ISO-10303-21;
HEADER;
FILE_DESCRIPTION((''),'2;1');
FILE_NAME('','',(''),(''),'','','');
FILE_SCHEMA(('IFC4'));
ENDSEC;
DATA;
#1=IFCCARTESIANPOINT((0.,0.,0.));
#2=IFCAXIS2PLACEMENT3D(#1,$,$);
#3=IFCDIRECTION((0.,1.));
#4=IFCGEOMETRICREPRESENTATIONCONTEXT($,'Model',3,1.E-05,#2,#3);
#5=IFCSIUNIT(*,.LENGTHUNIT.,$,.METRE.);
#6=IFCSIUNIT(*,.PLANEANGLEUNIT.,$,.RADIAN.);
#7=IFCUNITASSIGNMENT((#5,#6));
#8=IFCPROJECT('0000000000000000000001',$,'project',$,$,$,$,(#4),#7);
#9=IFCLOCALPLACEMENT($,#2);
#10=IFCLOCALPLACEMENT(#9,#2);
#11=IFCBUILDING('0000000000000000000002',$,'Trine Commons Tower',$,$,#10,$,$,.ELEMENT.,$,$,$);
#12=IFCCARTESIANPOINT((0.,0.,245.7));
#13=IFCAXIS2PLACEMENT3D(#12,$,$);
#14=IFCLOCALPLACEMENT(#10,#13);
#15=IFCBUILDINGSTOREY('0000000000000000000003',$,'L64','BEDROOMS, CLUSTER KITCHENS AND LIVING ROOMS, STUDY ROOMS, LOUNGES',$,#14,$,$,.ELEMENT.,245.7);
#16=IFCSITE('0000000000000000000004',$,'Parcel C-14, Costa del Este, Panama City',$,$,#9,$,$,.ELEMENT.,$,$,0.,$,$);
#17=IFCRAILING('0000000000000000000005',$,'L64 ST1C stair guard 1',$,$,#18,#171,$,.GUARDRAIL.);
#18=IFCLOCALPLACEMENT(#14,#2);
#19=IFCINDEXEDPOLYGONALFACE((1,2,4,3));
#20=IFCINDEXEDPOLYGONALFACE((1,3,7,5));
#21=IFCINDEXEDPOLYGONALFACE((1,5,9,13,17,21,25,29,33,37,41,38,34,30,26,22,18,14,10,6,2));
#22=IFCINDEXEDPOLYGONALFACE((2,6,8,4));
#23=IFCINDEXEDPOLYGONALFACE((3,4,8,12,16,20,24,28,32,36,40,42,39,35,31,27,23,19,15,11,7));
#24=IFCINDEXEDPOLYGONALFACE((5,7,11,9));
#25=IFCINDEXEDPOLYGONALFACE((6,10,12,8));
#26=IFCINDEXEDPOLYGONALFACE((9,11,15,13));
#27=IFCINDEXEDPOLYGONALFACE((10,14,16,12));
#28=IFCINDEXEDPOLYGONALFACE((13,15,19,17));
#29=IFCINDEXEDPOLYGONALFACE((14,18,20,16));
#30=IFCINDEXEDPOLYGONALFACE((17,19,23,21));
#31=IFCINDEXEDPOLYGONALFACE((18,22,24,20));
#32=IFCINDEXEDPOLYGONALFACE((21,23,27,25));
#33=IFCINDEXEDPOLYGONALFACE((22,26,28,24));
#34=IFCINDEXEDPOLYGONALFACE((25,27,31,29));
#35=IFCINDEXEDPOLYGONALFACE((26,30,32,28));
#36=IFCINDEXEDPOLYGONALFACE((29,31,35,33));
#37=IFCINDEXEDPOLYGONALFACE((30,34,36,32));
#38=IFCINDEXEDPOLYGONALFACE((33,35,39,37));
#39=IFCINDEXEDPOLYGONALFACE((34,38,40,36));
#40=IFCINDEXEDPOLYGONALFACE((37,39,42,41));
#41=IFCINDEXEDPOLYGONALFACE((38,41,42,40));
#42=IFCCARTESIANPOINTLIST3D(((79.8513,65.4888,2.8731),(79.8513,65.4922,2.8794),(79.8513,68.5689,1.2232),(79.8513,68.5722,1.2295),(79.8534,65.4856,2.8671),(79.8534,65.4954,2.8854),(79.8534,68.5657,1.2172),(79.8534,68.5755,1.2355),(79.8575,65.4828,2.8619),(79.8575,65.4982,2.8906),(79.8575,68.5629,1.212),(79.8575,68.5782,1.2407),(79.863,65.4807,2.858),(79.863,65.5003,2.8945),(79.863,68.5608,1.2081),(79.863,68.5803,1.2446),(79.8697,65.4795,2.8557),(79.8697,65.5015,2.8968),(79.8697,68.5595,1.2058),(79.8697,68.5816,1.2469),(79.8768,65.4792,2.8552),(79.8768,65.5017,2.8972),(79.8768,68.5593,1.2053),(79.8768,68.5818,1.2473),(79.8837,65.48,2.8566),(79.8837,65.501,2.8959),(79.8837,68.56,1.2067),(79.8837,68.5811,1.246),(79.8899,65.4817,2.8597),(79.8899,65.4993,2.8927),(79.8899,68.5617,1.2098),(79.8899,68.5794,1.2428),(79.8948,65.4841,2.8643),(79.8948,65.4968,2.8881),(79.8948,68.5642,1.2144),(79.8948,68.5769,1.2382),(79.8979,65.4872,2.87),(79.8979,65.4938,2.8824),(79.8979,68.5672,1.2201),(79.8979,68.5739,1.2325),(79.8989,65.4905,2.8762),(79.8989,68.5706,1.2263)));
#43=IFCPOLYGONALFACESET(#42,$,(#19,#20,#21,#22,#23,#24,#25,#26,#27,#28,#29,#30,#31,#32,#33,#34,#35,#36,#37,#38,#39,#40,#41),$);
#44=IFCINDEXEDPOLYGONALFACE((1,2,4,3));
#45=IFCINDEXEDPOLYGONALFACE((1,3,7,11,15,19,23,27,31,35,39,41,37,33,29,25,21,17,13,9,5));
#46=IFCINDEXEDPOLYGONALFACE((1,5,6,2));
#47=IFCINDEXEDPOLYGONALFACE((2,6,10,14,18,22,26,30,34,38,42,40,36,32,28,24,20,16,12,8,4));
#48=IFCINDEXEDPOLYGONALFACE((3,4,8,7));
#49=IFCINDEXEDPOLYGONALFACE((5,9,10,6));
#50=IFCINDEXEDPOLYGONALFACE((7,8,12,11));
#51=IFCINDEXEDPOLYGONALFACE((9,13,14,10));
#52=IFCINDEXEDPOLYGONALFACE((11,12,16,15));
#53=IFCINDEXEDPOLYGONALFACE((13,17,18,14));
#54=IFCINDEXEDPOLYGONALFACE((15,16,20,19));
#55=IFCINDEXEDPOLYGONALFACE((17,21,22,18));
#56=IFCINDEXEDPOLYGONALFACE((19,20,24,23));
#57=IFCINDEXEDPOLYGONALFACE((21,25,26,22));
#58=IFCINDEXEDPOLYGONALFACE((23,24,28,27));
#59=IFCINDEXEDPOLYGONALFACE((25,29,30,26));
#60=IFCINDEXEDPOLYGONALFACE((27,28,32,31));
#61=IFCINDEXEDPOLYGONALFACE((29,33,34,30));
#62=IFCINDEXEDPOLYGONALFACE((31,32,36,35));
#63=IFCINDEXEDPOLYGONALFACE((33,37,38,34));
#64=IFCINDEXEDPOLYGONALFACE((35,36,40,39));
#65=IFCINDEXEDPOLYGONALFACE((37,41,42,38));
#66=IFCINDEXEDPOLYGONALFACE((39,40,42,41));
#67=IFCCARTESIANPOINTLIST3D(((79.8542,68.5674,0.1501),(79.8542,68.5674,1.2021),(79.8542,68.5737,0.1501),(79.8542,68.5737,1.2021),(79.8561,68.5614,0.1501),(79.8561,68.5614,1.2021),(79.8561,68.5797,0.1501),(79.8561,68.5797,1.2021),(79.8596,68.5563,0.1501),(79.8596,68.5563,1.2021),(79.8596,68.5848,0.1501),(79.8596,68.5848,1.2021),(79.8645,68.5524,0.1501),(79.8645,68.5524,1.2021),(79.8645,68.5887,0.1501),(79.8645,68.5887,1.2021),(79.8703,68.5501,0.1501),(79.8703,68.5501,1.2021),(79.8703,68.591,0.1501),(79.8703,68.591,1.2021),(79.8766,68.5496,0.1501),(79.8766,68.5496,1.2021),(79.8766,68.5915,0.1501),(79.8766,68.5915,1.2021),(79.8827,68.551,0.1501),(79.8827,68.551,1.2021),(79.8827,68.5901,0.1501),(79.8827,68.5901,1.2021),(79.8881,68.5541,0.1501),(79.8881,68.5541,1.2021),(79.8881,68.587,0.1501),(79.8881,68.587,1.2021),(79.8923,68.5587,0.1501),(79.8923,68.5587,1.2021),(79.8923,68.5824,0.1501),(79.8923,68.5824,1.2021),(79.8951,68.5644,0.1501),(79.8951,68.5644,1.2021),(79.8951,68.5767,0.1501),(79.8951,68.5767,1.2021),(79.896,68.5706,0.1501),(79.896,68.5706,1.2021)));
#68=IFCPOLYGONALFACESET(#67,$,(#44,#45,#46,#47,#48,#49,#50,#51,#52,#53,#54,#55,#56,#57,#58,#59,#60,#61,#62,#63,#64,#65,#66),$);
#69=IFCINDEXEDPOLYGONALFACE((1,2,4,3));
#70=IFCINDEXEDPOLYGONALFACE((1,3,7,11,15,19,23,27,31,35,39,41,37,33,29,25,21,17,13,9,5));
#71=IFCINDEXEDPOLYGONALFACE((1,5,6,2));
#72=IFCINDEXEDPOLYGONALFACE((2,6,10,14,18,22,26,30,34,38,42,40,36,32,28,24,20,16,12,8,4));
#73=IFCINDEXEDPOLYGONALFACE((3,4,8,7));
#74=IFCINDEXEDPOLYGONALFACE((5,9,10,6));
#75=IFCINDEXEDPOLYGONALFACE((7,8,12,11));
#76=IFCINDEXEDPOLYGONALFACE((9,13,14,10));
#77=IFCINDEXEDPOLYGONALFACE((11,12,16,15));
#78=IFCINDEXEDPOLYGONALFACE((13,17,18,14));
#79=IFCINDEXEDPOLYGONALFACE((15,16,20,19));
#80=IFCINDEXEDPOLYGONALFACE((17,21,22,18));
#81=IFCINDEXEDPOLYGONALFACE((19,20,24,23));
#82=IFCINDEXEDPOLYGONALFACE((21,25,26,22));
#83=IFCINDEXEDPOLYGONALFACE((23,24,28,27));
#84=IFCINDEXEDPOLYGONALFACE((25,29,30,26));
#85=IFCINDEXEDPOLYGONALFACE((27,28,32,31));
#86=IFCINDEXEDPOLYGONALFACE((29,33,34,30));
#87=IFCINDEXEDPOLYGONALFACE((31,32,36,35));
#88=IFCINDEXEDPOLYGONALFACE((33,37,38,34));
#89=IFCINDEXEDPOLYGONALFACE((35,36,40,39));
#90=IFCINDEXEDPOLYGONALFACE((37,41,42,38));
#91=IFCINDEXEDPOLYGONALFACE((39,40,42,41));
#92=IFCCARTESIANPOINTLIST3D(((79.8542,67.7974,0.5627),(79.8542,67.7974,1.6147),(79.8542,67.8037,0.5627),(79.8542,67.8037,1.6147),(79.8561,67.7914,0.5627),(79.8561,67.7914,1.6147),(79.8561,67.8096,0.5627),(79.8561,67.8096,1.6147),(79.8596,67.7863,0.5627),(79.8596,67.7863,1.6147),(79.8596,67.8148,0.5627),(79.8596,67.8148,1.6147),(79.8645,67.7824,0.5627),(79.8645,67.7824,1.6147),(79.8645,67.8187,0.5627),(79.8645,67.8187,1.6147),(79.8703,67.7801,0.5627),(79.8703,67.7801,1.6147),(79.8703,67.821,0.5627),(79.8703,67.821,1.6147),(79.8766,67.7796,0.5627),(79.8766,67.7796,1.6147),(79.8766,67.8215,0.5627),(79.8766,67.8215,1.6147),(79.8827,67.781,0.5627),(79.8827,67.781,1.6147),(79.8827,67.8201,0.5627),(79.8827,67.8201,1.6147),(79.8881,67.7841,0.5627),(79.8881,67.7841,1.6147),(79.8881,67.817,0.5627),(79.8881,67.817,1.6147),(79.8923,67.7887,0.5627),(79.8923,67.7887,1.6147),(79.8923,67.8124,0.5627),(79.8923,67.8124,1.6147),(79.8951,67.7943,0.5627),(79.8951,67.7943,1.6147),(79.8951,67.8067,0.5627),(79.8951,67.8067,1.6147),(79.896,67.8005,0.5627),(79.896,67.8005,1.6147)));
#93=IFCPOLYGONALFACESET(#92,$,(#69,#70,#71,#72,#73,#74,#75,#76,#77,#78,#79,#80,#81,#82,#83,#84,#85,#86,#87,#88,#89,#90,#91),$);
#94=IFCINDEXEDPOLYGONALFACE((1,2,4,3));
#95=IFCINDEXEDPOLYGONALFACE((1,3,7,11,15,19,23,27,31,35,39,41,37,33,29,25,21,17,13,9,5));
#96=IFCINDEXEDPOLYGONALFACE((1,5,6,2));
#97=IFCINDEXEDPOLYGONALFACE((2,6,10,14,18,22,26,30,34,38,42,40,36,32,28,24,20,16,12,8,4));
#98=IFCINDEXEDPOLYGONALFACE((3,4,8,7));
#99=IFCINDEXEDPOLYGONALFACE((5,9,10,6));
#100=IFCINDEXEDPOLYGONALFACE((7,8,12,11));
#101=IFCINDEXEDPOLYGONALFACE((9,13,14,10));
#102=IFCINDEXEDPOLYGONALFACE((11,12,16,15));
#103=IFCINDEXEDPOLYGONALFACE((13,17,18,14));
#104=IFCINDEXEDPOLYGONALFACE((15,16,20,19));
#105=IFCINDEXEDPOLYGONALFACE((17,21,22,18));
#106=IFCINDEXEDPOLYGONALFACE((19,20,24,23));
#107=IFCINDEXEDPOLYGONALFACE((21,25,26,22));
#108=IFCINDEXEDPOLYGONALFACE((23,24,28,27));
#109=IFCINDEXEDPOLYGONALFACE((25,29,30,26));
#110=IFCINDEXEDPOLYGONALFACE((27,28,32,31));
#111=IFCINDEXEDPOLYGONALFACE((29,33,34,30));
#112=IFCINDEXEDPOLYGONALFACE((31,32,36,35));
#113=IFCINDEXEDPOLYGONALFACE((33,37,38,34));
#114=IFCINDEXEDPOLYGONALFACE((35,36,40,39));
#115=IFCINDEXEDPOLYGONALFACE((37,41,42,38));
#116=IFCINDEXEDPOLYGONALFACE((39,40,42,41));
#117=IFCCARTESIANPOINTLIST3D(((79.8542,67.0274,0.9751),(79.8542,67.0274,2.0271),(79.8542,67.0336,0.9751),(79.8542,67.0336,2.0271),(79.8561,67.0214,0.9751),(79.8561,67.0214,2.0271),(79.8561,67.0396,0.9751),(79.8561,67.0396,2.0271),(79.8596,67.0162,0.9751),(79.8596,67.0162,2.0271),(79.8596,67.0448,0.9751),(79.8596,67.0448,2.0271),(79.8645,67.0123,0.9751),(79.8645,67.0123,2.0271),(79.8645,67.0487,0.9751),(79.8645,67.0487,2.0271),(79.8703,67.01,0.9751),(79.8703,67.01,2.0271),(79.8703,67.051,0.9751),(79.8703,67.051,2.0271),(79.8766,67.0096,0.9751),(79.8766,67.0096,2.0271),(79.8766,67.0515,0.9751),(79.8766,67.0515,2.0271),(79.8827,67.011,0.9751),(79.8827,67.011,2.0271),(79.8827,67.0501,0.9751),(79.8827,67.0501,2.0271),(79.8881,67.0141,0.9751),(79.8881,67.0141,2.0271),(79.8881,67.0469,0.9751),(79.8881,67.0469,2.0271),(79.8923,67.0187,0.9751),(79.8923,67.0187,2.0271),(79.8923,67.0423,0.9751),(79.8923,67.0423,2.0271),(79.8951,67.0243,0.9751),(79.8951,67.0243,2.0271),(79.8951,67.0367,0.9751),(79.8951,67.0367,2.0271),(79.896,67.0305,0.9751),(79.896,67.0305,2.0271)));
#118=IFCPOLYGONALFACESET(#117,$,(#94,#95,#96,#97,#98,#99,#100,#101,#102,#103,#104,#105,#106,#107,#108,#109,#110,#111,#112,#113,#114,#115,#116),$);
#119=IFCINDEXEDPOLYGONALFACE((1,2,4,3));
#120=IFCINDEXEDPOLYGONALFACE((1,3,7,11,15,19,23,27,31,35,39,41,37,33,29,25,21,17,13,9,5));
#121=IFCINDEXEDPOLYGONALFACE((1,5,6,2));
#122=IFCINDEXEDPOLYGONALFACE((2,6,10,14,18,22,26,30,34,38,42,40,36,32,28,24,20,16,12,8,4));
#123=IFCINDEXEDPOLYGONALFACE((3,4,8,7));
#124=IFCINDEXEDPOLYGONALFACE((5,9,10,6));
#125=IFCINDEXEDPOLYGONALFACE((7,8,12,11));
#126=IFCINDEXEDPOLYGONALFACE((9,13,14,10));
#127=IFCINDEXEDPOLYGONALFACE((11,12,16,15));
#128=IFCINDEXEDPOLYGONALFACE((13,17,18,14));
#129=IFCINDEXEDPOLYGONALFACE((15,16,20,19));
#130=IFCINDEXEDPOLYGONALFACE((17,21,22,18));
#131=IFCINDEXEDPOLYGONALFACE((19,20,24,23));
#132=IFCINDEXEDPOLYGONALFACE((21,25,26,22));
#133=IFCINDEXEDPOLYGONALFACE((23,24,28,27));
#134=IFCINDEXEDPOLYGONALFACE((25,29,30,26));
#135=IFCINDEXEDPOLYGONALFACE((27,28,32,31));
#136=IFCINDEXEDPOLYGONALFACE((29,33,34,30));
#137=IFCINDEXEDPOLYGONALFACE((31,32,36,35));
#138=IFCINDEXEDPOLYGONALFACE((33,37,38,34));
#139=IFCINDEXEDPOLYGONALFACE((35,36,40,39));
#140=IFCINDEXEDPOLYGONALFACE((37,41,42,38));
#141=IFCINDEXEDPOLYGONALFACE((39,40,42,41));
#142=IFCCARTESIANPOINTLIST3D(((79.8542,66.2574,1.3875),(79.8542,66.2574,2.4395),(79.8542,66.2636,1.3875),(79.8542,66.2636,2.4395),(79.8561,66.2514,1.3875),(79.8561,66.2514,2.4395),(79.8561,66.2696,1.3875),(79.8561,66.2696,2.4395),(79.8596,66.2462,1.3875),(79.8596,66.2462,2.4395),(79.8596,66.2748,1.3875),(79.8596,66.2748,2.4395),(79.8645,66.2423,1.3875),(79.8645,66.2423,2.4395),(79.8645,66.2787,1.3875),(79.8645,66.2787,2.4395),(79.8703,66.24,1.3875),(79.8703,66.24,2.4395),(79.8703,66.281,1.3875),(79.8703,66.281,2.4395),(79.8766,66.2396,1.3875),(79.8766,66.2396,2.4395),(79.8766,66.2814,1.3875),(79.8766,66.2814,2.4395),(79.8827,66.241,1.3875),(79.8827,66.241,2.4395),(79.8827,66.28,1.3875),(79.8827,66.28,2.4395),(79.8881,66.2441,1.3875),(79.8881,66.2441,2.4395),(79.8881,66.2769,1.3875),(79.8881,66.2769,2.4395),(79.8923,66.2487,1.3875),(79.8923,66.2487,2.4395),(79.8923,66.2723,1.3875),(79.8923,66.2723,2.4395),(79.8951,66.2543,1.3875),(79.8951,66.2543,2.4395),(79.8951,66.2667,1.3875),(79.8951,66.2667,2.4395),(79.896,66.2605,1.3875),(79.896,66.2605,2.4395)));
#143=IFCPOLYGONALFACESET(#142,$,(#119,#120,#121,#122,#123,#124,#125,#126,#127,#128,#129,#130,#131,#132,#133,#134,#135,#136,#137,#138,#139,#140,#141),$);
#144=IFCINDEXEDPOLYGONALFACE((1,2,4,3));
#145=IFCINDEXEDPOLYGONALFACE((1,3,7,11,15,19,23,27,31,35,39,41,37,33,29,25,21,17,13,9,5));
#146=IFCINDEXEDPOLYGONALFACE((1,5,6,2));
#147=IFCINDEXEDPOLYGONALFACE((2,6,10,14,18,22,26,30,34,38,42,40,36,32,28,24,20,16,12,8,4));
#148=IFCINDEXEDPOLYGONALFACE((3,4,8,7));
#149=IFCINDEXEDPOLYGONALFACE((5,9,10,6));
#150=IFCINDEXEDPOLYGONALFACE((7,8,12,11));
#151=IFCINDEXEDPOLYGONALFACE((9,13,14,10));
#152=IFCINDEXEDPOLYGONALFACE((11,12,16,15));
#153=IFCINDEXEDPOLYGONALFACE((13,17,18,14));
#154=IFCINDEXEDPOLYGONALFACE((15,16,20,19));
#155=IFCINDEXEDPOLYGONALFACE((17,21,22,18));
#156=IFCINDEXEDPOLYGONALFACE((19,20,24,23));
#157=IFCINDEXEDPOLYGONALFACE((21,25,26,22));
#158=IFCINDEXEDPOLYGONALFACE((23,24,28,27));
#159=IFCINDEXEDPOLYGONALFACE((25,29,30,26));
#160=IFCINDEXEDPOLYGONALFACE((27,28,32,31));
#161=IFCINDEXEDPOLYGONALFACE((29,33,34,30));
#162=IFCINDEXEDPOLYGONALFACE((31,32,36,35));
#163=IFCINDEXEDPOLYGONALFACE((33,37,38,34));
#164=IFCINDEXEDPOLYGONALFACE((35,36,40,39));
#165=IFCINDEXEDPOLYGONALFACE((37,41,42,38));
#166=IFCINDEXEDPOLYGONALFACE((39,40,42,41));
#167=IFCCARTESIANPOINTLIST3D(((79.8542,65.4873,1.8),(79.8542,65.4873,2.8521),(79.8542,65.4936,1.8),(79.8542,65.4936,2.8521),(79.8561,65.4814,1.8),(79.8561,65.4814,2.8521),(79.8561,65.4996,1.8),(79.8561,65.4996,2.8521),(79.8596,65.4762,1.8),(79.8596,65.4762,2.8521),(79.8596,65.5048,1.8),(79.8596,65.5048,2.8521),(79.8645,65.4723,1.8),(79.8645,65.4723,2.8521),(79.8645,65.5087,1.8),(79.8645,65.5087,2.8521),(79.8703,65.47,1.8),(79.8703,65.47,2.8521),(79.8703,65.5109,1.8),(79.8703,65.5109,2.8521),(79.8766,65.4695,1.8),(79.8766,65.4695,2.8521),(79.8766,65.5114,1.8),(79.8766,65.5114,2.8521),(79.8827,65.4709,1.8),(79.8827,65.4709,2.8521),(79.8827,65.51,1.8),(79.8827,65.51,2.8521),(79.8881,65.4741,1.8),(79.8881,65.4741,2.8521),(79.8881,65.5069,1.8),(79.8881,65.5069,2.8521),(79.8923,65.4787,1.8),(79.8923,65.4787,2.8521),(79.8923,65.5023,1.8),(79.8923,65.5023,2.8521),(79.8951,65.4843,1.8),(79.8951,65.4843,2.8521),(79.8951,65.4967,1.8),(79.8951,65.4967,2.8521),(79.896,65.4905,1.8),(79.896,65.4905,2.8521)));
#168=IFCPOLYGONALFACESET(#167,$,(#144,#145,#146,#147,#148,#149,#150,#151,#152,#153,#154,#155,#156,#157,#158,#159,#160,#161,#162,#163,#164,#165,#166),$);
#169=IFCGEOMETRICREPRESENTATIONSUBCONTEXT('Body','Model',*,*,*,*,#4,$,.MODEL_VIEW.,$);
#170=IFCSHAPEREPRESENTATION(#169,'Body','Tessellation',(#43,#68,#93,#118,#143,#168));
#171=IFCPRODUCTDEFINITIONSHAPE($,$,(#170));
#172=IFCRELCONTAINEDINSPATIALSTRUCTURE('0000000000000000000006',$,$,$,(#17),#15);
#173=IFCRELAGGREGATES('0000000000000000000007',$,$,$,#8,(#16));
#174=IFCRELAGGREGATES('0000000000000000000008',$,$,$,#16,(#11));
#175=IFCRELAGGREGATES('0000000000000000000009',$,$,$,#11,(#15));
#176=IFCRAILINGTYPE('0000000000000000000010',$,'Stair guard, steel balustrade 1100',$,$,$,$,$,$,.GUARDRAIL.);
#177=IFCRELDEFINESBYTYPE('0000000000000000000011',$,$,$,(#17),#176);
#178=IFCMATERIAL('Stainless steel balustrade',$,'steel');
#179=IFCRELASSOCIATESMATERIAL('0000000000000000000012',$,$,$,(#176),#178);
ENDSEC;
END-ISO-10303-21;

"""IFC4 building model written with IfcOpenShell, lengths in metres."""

from ifc_helpers import new_model, si_unit, direction, frame, origin, origin_2d, place, context, subcontext, project, spatial, circle, extrude, material, type_object, element, save


model = new_model("IFC4")

# Units and contexts
model_context = context("Model", 3, precision=1e-05, world=origin(), true_north=direction((0.0, 1.0)))
body_context = subcontext(model_context, "Body", "Model", "MODEL_VIEW")
ifc_project = project(units=[si_unit("LENGTHUNIT", "METRE"), si_unit("PLANEANGLEUNIT", "RADIAN")], contexts=[model_context])

# Site, building, storey
site_placement = place(None, origin())
site = spatial("IfcSite", under=ifc_project, at=site_placement, Name="Parcel C-14, Costa del Este, Panama City", CompositionType="ELEMENT", RefElevation=0.0)
building_placement = place(site_placement, origin())
building = spatial("IfcBuilding", under=site, at=building_placement, Name="Trine Commons Tower", CompositionType="ELEMENT")
storey_placement = place(building_placement, frame((0.0, 0.0, 245.7)))
storey = spatial("IfcBuildingStorey", under=building, at=storey_placement, Name="L64", Description="BEDROOMS, CLUSTER KITCHENS AND LIVING ROOMS, STUDY ROOMS, LOUNGES", CompositionType="ELEMENT", Elevation=245.7)

# Railing
ifc_material_1 = material(Name="Stainless steel balustrade", Category="steel")
railing_type_1 = type_object("IfcRailingType", Name="Stair guard, steel balustrade 1100", PredefinedType="GUARDRAIL", material=ifc_material_1)
railing_1_placement = place(storey_placement, frame((79.875, 68.5706, 0.1501)))
element("IfcRailing", 1, at=railing_1_placement, inside=storey, type_object=railing_type_1, Name="L64 ST1C stair guard 1", PredefinedType="GUARDRAIL", context=body_context, shape_type="SweptSolid", body=[
    extrude(circle(Radius=0.0239, at=origin_2d()), frame((0.0, 0.0, 1.0762), z_axis=(0.0, -0.881497, 0.47219), x_axis=(1.0, 0.0, 0.0)), (0.0, 0.0, 1.0), 3.4941),
    extrude(circle(Radius=0.021, at=origin_2d()), origin(), (0.0, 0.0, 1.0), 1.052),
    extrude(circle(Radius=0.021, at=origin_2d()), frame((0.0, -0.77, 0.4126)), (0.0, 0.0, 1.0), 1.052),
    extrude(circle(Radius=0.021, at=origin_2d()), frame((0.0, -1.54, 0.825)), (0.0, 0.0, 1.0), 1.052),
    extrude(circle(Radius=0.021, at=origin_2d()), frame((0.0, -2.3101, 1.2373)), (0.0, 0.0, 1.0), 1.052),
    extrude(circle(Radius=0.021, at=origin_2d()), frame((0.0, -3.0801, 1.6499)), (0.0, 0.0, 1.0), 1.052),
])

save(model, "model.ifc")
